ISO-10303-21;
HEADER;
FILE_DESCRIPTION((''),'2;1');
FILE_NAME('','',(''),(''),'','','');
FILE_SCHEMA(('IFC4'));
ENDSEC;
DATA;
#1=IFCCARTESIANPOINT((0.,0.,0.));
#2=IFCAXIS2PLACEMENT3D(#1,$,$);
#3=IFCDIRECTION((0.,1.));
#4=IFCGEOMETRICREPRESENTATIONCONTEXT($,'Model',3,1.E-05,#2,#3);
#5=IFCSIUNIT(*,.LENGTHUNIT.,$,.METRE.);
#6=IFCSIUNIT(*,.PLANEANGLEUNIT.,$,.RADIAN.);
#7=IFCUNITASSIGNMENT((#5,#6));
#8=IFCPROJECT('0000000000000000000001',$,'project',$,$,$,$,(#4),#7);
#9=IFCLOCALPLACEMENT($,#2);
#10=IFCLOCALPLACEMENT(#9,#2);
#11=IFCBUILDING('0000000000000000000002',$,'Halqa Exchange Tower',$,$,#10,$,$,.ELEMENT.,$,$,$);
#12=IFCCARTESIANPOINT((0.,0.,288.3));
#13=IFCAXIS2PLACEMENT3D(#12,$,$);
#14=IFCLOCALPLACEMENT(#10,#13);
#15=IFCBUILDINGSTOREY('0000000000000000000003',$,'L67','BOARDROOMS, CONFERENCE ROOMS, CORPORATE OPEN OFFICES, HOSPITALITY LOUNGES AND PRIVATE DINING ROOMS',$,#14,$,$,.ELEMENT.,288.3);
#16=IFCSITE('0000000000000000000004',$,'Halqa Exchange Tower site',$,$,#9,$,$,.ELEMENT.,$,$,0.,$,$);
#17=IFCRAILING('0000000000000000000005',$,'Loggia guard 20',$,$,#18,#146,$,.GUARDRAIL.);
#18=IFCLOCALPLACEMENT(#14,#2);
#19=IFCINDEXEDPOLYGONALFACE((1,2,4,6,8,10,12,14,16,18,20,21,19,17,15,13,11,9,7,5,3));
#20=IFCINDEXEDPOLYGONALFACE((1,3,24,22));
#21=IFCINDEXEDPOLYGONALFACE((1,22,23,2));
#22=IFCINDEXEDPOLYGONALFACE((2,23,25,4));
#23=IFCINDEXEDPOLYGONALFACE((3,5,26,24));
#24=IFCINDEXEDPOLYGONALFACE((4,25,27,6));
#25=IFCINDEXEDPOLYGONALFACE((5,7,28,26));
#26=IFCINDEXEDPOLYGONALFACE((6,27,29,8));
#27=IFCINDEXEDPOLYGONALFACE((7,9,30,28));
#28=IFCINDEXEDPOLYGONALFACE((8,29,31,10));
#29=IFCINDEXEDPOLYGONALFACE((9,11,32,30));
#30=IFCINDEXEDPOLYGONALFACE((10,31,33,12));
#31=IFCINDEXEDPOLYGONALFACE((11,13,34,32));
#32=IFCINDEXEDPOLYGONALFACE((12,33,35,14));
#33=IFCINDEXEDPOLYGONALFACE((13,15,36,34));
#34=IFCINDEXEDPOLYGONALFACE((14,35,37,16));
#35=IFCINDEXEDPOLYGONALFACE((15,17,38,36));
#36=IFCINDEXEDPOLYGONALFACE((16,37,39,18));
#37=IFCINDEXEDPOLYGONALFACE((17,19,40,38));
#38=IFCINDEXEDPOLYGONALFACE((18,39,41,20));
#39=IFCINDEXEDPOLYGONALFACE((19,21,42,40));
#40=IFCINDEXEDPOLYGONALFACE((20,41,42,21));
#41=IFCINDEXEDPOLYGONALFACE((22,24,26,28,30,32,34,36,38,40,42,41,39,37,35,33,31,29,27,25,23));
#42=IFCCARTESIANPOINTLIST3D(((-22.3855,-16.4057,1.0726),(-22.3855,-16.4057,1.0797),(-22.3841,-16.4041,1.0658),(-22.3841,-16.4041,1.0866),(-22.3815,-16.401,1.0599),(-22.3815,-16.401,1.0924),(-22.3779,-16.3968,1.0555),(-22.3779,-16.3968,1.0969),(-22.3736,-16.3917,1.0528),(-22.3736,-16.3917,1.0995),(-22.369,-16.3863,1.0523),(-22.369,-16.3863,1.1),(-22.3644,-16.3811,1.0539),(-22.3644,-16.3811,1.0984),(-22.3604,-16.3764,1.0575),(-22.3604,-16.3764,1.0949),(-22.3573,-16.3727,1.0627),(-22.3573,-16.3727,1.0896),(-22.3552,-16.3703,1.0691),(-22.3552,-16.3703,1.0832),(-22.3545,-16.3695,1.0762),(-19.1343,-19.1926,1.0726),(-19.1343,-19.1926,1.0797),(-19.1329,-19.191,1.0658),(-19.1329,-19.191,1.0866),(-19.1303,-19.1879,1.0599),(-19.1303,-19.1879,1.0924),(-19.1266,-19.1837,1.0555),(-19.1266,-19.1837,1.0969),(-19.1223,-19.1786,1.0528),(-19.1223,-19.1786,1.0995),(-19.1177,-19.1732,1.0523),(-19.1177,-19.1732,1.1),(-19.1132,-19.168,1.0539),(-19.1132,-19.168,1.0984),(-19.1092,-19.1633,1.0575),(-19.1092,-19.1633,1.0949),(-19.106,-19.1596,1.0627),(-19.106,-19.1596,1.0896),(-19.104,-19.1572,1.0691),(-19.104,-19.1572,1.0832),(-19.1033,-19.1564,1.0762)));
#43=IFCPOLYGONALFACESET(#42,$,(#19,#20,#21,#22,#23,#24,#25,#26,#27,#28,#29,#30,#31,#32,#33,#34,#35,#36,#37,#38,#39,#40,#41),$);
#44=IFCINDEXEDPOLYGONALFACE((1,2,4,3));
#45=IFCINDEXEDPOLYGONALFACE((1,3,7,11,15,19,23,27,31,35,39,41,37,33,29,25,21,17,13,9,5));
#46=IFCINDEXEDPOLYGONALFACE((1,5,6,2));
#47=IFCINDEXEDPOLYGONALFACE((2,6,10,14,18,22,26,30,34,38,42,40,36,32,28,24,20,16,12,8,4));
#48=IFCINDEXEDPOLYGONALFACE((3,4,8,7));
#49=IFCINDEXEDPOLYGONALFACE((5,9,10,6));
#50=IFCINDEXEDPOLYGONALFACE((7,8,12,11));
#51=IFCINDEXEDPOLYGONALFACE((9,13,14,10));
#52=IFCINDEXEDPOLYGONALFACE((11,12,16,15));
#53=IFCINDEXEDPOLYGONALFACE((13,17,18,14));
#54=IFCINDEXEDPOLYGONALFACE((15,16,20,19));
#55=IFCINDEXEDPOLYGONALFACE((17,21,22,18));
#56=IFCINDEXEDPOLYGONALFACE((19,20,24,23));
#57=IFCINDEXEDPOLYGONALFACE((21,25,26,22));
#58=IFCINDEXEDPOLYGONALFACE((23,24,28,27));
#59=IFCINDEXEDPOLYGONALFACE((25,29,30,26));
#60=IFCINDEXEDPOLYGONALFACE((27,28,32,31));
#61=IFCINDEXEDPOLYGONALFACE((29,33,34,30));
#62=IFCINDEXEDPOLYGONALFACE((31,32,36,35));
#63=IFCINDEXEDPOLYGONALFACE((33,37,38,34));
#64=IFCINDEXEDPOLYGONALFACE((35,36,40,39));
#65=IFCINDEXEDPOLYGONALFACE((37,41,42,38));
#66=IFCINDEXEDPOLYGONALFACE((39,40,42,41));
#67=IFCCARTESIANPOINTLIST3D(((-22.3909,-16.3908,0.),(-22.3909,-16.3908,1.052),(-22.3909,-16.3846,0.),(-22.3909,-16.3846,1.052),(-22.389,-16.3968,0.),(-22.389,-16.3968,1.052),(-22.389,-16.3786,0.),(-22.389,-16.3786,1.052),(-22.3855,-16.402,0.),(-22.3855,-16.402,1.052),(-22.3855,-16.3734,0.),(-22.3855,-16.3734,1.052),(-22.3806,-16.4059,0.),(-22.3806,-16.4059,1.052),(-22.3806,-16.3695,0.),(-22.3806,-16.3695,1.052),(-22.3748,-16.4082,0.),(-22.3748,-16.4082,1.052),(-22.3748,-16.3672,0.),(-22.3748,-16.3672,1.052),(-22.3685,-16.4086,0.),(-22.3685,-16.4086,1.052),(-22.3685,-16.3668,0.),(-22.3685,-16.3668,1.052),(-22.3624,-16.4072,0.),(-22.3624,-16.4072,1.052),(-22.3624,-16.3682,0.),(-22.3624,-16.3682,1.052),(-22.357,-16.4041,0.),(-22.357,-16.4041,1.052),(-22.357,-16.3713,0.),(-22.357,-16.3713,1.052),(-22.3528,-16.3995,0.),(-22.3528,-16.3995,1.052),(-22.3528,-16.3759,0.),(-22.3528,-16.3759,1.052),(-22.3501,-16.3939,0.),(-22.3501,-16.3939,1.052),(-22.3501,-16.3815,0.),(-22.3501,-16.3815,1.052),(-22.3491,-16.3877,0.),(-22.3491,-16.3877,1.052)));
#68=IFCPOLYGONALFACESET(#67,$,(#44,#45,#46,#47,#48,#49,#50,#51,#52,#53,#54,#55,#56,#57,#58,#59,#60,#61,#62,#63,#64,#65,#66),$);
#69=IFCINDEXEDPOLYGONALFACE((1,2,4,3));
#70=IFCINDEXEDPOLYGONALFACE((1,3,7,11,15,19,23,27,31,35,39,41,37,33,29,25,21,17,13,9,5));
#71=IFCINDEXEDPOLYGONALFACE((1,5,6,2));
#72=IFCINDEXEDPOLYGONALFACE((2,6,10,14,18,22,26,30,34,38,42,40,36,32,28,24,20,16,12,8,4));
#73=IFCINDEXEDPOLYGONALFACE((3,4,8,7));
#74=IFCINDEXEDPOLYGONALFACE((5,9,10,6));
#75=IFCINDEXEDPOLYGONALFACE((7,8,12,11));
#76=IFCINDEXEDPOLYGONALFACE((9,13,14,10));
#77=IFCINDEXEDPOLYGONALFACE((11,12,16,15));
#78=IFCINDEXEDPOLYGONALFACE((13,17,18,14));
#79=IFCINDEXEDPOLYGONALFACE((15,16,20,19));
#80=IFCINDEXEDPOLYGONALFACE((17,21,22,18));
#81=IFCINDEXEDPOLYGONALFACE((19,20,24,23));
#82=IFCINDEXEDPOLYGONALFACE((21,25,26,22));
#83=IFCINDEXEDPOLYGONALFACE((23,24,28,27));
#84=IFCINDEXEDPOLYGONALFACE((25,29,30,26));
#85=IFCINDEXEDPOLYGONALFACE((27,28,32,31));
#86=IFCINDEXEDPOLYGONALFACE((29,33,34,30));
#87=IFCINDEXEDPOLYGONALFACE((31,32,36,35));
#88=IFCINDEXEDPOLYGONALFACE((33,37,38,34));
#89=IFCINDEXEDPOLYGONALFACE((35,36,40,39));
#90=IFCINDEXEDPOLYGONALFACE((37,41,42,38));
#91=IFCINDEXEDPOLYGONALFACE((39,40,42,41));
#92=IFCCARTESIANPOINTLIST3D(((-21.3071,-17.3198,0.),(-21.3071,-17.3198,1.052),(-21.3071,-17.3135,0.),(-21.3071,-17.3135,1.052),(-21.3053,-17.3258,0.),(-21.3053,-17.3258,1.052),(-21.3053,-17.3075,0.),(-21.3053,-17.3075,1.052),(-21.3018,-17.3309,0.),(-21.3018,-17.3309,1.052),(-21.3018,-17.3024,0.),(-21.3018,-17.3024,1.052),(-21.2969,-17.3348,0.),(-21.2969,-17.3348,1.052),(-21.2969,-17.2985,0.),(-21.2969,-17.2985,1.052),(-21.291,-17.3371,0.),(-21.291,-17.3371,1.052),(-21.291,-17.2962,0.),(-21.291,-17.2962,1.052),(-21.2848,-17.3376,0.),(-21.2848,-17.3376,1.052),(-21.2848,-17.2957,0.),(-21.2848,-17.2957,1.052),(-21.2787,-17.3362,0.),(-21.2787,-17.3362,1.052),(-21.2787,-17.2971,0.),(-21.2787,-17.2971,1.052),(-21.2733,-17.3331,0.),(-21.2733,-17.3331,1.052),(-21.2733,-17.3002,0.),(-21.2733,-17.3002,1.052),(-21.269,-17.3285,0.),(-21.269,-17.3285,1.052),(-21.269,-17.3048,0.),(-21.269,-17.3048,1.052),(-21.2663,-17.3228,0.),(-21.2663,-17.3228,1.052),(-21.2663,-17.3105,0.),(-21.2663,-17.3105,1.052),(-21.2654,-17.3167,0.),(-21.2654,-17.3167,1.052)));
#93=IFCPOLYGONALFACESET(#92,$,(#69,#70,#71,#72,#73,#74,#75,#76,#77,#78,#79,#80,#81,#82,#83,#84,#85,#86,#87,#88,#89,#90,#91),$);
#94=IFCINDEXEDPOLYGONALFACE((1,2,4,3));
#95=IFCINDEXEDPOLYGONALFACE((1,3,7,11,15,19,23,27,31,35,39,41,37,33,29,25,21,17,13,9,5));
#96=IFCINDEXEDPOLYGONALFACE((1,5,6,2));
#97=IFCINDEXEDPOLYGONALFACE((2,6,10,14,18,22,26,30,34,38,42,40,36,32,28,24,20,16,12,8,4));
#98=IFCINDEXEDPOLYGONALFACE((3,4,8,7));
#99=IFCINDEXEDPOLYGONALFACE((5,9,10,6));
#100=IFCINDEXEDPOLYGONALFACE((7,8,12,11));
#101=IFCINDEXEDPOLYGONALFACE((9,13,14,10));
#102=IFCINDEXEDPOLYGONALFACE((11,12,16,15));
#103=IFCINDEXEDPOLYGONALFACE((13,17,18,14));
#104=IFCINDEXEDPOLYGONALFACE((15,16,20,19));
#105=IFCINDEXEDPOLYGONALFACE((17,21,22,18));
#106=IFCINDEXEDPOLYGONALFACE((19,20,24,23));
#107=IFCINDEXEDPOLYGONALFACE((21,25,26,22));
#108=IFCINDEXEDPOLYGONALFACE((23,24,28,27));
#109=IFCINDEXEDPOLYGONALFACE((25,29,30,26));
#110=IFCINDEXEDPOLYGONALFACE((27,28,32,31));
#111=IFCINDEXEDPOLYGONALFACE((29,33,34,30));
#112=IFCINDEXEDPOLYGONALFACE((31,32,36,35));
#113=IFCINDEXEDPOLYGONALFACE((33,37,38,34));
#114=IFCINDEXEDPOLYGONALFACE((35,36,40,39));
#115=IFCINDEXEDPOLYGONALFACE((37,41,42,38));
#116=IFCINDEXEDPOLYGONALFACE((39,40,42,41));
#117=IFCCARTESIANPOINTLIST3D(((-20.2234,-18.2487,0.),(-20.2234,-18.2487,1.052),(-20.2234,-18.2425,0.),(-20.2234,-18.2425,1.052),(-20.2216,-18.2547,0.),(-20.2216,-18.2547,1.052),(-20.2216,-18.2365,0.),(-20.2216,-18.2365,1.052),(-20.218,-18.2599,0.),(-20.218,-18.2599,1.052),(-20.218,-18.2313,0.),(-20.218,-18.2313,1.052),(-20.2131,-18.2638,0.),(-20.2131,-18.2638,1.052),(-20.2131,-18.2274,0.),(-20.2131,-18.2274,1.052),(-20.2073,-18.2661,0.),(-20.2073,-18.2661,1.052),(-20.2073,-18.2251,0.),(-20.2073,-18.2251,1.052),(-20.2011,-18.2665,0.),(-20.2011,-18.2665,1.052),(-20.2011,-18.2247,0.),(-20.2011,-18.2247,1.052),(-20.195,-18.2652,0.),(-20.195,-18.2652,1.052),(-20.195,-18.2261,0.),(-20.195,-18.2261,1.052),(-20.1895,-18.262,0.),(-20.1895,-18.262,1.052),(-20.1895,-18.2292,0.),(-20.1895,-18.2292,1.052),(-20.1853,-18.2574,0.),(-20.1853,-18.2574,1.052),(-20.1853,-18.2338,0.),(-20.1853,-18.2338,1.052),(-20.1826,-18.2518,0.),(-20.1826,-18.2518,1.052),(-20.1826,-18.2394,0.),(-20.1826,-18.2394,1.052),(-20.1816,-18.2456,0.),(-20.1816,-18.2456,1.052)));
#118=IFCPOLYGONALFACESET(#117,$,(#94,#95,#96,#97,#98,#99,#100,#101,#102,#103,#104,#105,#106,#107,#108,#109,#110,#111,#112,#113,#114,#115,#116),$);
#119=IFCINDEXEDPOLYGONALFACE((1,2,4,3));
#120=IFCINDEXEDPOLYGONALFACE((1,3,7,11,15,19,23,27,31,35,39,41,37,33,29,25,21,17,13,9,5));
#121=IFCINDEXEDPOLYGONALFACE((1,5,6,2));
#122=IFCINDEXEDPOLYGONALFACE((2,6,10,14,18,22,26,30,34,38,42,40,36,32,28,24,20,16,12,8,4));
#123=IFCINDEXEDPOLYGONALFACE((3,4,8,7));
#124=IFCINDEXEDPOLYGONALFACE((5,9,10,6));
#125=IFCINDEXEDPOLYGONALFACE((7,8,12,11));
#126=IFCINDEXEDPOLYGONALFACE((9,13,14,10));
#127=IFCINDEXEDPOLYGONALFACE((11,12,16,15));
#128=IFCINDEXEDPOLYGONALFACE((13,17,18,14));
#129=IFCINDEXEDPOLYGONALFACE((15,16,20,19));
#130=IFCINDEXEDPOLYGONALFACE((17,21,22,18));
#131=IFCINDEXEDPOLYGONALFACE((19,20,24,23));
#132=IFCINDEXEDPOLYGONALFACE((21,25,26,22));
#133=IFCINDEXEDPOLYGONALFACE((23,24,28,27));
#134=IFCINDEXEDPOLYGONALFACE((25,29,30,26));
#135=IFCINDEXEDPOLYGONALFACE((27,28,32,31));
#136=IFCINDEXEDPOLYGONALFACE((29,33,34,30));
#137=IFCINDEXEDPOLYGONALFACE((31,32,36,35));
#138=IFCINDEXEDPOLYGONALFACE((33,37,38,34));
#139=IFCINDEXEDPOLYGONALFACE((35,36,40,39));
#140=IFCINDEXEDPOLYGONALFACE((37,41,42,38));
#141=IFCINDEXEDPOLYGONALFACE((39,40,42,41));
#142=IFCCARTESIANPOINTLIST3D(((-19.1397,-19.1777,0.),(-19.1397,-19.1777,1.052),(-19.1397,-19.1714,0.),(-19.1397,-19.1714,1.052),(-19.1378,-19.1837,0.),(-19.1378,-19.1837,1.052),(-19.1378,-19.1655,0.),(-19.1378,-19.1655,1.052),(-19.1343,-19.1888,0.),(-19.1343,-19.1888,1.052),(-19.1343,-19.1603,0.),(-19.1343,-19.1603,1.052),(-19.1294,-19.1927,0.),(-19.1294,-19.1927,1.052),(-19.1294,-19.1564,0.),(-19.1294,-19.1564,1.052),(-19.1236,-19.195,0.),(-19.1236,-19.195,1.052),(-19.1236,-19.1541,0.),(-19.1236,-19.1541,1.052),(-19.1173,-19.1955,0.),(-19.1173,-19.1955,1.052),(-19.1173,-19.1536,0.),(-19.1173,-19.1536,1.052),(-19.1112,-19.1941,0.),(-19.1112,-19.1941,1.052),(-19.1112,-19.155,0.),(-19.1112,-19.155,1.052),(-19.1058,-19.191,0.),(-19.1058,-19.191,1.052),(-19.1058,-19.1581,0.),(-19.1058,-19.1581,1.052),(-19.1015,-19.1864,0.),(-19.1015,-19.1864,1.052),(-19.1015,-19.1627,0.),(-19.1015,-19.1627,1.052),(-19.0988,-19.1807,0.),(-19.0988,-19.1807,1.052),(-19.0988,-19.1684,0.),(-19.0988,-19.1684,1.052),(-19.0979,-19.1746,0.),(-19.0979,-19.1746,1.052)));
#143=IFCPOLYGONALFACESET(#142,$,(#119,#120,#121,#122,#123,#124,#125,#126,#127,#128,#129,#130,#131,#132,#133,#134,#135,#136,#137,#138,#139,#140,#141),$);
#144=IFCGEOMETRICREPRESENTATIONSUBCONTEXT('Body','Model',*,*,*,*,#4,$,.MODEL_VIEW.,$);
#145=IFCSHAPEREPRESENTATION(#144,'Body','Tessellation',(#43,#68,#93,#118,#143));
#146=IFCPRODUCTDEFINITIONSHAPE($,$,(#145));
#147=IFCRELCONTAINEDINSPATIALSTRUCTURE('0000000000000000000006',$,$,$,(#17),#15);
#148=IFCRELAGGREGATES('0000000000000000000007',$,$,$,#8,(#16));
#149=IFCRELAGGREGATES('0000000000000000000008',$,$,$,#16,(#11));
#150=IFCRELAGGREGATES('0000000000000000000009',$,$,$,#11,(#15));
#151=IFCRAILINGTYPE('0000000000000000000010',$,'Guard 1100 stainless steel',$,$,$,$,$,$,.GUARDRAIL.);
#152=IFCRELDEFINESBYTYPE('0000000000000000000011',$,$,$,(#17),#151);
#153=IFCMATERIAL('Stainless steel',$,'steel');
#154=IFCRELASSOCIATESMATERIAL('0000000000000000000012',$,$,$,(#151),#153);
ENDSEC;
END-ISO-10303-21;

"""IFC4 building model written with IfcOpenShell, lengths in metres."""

from ifc_helpers import new_model, si_unit, direction, frame, origin, origin_2d, place, context, subcontext, project, spatial, circle, extrude, material, type_object, element, save


model = new_model("IFC4")

# Units and contexts
model_context = context("Model", 3, precision=1e-05, world=origin(), true_north=direction((0.0, 1.0)))
body_context = subcontext(model_context, "Body", "Model", "MODEL_VIEW")
ifc_project = project(units=[si_unit("LENGTHUNIT", "METRE"), si_unit("PLANEANGLEUNIT", "RADIAN")], contexts=[model_context])

# Site, building, storey
site_placement = place(None, origin())
site = spatial("IfcSite", under=ifc_project, at=site_placement, Name="Halqa Exchange Tower site", CompositionType="ELEMENT", RefElevation=0.0)
building_placement = place(site_placement, origin())
building = spatial("IfcBuilding", under=site, at=building_placement, Name="Halqa Exchange Tower", CompositionType="ELEMENT")
storey_placement = place(building_placement, frame((0.0, 0.0, 288.3)))
storey = spatial("IfcBuildingStorey", under=building, at=storey_placement, Name="L67", Description="BOARDROOMS, CONFERENCE ROOMS, CORPORATE OPEN OFFICES, HOSPITALITY LOUNGES AND PRIVATE DINING ROOMS", CompositionType="ELEMENT", Elevation=288.3)

# Railing
ifc_material_1 = material(Name="Stainless steel", Category="steel")
railing_type = type_object("IfcRailingType", Name="Guard 1100 stainless steel", PredefinedType="GUARDRAIL", material=ifc_material_1)
railing_1_placement = place(storey_placement, frame((-22.3701, -16.3877, 0.0)))
element("IfcRailing", 1, at=railing_1_placement, inside=storey, type_object=railing_type, Name="Loggia guard 20", PredefinedType="GUARDRAIL", context=body_context, shape_type="SweptSolid", body=[
    extrude(circle(Radius=0.0239, at=origin_2d()), frame((0.0, 0.0, 1.0762), z_axis=(0.759245, -0.650805, 0.0), x_axis=(0.650805, 0.759245, 0.0)), (0.0, 0.0, 1.0), 4.2822),
    extrude(circle(Radius=0.021, at=origin_2d()), origin(), (0.0, 0.0, 1.0), 1.052),
    extrude(circle(Radius=0.021, at=origin_2d()), frame((1.0837, -0.929, 0.0)), (0.0, 0.0, 1.0), 1.052),
    extrude(circle(Radius=0.021, at=origin_2d()), frame((2.1675, -1.8579, 0.0)), (0.0, 0.0, 1.0), 1.052),
    extrude(circle(Radius=0.021, at=origin_2d()), frame((3.2512, -2.7869, 0.0)), (0.0, 0.0, 1.0), 1.052),
])

save(model, "model.ifc")
